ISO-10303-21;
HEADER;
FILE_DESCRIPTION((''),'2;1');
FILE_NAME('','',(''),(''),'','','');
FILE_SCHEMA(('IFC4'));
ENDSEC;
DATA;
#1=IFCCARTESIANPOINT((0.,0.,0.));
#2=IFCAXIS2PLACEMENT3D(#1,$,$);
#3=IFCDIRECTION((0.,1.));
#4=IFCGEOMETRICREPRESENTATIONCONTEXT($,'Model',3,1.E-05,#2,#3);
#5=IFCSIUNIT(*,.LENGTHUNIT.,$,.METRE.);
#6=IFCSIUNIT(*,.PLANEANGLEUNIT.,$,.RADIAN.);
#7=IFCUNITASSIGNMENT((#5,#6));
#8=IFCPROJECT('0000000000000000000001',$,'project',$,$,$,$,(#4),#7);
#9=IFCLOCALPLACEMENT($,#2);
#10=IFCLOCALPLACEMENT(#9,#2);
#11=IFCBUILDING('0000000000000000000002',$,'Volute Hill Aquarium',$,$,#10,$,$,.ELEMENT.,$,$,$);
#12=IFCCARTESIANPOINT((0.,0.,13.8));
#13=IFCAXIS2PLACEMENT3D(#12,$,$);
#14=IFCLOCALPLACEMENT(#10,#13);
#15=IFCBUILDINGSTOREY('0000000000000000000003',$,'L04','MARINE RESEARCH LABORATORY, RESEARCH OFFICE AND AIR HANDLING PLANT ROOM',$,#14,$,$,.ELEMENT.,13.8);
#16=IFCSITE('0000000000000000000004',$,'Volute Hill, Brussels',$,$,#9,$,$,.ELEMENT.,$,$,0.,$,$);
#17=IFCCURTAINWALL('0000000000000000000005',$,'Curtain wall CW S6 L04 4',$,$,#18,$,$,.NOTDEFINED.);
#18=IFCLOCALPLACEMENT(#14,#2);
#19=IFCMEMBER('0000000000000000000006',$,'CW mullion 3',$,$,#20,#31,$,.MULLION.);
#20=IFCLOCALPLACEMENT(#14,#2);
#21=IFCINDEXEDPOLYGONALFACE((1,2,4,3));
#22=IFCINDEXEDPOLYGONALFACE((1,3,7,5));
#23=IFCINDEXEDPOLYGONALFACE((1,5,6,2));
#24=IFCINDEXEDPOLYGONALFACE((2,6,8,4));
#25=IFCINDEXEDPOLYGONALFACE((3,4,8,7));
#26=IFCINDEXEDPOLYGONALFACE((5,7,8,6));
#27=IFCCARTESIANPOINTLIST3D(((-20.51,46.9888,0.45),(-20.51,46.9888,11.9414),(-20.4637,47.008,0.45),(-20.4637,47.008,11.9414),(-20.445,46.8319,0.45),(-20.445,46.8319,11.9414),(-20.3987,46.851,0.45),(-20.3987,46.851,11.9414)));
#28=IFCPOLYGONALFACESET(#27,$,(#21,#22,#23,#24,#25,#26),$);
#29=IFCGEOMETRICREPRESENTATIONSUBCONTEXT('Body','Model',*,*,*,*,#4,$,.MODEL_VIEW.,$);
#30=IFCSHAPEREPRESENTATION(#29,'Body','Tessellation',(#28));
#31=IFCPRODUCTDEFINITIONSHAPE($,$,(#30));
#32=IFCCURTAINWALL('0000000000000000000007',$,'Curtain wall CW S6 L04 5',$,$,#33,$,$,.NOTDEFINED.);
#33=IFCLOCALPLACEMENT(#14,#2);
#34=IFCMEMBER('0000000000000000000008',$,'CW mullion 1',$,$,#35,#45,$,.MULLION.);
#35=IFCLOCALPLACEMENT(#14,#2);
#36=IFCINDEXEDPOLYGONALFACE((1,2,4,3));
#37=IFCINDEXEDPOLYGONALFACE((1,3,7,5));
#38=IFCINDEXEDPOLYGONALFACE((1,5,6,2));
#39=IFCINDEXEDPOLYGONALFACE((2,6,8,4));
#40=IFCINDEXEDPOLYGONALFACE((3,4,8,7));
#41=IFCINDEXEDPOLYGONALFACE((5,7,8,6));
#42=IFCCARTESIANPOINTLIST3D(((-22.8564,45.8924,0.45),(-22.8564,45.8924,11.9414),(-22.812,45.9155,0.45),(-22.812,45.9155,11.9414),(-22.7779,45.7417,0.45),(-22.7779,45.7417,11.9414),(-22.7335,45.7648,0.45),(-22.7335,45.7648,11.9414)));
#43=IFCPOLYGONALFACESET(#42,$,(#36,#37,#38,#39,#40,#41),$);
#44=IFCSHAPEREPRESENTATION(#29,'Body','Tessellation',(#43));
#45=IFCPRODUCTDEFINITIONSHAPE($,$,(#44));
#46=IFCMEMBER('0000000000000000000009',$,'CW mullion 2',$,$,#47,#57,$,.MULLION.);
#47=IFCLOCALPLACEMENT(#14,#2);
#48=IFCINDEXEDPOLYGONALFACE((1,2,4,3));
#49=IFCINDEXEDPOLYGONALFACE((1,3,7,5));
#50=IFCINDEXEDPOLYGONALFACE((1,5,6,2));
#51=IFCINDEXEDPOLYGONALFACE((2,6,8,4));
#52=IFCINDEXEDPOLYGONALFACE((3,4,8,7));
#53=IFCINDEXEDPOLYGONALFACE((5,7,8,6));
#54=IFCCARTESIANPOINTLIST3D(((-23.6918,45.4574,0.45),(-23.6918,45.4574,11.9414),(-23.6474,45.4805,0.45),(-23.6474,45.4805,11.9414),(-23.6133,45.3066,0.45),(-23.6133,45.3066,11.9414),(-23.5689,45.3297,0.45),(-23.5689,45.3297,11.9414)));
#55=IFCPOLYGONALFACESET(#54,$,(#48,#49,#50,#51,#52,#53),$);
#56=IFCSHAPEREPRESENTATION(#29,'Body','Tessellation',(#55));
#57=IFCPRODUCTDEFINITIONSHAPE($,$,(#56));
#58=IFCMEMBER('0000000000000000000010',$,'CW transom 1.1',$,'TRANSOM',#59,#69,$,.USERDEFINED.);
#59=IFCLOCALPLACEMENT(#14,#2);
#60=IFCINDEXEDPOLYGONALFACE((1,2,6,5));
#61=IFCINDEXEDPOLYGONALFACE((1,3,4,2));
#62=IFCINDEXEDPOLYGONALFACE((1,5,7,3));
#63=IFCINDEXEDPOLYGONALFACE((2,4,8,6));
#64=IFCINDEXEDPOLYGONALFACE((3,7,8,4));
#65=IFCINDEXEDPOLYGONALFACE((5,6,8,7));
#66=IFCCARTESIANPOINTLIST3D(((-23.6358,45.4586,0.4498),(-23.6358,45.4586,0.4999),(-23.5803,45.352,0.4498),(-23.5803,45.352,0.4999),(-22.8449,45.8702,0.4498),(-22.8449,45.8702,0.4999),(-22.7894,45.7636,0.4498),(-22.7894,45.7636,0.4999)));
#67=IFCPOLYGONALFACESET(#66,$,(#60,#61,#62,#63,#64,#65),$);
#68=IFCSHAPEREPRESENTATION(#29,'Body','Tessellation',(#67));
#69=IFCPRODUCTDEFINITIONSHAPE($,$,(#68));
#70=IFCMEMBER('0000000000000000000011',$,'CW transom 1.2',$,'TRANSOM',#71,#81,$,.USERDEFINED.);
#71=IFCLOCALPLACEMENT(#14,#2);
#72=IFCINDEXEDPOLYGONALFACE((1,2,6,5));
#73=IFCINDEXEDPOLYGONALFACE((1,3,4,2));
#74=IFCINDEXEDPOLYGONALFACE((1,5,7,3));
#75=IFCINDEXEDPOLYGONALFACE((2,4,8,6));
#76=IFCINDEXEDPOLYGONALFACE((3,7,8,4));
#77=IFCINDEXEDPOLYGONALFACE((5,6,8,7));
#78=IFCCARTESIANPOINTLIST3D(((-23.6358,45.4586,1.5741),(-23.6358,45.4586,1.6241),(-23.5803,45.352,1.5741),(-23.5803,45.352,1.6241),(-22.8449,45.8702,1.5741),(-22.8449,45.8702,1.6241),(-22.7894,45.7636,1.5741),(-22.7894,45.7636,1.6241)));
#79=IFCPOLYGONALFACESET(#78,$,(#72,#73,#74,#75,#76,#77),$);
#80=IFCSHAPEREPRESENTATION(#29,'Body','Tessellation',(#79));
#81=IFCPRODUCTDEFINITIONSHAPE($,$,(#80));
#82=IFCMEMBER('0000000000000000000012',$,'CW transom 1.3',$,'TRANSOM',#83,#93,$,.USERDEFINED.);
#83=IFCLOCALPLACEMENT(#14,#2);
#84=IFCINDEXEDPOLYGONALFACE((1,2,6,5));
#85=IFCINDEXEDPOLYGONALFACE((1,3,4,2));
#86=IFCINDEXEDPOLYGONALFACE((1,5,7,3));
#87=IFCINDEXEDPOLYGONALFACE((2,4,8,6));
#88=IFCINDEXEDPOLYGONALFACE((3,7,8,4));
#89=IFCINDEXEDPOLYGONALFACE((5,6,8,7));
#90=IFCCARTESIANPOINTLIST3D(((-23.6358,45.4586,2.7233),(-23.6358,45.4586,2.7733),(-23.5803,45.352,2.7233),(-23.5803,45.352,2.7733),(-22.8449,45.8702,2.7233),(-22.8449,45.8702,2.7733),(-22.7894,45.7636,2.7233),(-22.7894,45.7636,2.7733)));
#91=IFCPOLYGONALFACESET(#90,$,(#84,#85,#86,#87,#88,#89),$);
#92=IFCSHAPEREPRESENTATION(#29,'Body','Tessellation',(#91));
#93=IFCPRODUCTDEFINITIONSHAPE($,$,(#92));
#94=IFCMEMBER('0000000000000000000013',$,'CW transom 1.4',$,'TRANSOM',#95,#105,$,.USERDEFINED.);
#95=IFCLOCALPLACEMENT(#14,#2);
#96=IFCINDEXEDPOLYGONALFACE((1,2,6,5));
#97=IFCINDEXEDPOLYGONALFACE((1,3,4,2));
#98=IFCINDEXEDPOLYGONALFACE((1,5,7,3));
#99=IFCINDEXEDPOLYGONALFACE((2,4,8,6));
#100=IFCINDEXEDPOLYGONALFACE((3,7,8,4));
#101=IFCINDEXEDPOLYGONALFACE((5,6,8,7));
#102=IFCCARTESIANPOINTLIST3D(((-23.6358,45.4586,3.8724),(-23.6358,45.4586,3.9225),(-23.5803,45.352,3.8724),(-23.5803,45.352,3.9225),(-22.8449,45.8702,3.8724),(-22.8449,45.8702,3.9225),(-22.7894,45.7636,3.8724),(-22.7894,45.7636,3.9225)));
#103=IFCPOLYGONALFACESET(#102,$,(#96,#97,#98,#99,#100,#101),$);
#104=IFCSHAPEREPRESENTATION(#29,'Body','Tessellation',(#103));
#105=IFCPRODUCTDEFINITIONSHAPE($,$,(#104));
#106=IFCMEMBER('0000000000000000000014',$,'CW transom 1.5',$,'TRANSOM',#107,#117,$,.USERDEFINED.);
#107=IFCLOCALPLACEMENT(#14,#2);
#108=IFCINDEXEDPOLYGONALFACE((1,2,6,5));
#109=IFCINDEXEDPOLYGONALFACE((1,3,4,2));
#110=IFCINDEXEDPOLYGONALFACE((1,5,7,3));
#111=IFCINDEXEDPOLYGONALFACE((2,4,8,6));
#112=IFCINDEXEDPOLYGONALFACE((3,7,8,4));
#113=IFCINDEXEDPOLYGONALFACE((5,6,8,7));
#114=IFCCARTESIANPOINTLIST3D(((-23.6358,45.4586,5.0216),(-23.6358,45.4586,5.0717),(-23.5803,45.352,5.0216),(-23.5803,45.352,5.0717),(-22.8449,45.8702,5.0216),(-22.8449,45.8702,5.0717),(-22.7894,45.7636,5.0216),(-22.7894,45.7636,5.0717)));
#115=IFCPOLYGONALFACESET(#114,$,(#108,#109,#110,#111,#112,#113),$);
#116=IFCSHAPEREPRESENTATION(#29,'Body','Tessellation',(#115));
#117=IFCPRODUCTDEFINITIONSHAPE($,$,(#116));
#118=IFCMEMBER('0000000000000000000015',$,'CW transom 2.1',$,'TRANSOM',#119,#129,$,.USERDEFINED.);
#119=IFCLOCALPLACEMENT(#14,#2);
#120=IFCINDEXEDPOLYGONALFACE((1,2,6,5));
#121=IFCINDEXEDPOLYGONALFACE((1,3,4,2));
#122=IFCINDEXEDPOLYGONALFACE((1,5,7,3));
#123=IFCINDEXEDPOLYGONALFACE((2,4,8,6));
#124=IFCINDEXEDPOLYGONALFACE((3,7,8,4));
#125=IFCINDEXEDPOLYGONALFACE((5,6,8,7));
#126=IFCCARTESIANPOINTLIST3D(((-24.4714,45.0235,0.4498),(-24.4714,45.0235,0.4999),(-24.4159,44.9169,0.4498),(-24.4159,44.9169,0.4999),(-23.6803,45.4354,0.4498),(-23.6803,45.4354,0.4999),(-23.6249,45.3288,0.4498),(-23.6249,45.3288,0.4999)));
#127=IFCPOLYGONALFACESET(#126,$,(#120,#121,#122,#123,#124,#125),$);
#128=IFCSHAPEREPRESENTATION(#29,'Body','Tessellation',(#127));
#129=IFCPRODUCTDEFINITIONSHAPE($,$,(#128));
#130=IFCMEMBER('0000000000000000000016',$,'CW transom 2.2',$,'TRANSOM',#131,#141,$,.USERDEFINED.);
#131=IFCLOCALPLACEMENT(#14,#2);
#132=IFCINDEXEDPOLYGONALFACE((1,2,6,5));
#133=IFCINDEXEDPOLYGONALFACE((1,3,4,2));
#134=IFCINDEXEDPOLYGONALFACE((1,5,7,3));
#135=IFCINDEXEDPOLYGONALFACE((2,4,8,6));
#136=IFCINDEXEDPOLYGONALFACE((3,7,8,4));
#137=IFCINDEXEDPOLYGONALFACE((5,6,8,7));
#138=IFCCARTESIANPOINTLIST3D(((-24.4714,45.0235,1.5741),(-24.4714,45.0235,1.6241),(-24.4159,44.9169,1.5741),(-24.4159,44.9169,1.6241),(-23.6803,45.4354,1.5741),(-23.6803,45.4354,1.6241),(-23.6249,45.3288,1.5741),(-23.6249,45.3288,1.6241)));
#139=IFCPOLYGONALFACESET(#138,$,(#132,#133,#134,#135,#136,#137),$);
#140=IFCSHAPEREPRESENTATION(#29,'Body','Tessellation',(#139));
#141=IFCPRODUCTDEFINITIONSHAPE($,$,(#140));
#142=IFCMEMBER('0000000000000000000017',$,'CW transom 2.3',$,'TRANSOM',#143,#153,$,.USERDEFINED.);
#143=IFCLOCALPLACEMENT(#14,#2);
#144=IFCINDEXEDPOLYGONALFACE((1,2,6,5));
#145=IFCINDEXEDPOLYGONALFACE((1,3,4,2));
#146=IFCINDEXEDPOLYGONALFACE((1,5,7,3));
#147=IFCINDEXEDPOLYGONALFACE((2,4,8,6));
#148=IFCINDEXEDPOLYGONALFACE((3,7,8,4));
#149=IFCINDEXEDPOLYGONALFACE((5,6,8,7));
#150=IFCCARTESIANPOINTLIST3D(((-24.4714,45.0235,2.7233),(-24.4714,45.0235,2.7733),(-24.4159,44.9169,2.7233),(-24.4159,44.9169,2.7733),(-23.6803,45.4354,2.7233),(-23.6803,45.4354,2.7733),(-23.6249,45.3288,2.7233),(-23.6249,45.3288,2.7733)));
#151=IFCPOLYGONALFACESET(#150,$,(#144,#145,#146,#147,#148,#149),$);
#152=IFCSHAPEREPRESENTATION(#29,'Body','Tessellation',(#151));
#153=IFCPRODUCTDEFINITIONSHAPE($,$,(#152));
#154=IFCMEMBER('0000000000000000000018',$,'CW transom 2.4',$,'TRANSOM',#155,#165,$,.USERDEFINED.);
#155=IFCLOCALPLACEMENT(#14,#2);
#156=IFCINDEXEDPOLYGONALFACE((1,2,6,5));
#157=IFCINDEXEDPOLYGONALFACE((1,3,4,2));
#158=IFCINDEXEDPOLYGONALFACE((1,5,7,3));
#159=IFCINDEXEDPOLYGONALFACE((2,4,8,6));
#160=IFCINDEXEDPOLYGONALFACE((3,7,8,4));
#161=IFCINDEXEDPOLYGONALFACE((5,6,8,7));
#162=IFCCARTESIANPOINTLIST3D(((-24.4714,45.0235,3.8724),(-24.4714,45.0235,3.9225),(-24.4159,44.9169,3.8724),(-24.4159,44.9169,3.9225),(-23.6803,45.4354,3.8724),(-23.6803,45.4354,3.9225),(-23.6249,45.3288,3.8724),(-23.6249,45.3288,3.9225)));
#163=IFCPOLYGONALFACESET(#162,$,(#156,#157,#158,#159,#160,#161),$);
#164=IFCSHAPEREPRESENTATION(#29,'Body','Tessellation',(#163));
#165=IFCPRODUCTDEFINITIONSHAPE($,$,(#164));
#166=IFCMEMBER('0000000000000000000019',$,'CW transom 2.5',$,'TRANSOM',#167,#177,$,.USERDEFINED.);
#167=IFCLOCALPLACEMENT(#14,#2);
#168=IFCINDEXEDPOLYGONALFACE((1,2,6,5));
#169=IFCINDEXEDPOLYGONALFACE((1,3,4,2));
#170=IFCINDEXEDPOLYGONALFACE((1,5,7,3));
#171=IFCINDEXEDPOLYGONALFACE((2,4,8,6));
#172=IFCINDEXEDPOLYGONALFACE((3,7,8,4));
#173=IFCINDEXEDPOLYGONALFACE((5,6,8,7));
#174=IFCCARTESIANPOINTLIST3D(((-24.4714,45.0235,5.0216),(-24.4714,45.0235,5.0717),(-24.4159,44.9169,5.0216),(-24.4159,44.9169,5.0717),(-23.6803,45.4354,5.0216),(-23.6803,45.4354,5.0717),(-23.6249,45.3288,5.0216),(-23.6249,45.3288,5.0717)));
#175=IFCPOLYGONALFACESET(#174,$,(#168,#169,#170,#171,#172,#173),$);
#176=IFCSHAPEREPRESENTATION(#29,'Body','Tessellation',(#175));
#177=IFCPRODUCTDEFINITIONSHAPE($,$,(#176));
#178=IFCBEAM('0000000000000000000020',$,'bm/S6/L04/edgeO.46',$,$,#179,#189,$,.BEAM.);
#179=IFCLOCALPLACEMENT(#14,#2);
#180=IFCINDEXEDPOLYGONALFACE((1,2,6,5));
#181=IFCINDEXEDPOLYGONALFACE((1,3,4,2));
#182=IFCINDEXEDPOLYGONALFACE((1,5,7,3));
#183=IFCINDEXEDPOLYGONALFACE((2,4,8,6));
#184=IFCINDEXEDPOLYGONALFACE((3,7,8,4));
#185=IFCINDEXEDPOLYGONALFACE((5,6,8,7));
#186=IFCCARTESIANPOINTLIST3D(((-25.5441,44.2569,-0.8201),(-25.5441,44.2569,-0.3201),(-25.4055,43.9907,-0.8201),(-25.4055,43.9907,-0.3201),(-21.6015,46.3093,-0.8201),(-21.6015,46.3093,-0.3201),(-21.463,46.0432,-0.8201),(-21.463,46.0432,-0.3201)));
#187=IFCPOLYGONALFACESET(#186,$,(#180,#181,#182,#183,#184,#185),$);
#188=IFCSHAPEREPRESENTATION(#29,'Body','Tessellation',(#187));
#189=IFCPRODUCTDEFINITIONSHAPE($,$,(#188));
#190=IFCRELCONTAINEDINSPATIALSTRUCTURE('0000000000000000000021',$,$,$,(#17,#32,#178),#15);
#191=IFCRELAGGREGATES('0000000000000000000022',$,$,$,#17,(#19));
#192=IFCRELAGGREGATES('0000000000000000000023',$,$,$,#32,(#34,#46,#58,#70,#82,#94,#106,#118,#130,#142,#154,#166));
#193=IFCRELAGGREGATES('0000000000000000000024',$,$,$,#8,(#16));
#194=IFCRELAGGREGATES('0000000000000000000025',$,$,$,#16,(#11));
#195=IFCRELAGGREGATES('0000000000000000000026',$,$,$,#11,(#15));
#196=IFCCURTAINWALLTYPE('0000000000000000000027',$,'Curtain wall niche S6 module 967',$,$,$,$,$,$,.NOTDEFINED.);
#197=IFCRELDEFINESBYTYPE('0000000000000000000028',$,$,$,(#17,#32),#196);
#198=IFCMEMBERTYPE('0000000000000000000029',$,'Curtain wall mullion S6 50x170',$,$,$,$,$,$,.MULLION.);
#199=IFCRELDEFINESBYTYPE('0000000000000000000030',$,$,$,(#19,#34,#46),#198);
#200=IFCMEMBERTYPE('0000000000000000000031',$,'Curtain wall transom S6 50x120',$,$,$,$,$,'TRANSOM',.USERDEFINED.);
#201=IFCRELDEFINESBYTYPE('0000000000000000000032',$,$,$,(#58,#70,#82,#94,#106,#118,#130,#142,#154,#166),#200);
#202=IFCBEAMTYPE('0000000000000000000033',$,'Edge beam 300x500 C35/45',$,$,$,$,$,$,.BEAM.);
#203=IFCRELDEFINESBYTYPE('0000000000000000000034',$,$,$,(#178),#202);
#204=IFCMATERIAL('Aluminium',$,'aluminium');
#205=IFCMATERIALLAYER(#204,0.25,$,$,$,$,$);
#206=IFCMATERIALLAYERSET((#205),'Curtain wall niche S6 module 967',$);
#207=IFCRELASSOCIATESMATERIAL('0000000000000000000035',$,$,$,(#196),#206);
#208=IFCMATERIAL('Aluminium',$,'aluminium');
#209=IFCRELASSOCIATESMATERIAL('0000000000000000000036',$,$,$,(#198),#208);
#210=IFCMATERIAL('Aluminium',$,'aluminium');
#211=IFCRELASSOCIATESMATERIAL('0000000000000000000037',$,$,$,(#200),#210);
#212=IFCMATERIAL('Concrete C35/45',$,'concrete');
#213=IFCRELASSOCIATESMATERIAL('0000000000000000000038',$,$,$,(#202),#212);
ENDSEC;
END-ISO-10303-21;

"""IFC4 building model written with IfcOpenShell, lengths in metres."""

from ifc_helpers import new_model, si_unit, direction, frame, origin, origin_2d, place, context, subcontext, project, spatial, rectangle, extrude, material, layer, layer_set, material_profile, profile_set, type_object, element, aggregate, save


model = new_model("IFC4")

# Units and contexts
model_context = context("Model", 3, precision=1e-05, world=origin(), true_north=direction((0.0, 1.0)))
body_context = subcontext(model_context, "Body", "Model", "MODEL_VIEW")
ifc_project = project(units=[si_unit("LENGTHUNIT", "METRE"), si_unit("PLANEANGLEUNIT", "RADIAN")], contexts=[model_context])

# Site, building, storey
site_placement = place(None, origin())
site = spatial("IfcSite", under=ifc_project, at=site_placement, Name="Volute Hill, Brussels", CompositionType="ELEMENT", RefElevation=0.0)
building_placement = place(site_placement, origin())
building = spatial("IfcBuilding", under=site, at=building_placement, Name="Volute Hill Aquarium", CompositionType="ELEMENT")
storey_placement = place(building_placement, frame((0.0, 0.0, 13.8)))
storey = spatial("IfcBuildingStorey", under=building, at=storey_placement, Name="L04", Description="MARINE RESEARCH LABORATORY, RESEARCH OFFICE AND AIR HANDLING PLANT ROOM", CompositionType="ELEMENT", Elevation=13.8)

# Curtain wall, member
ifc_material_1 = material(Name="Aluminium", Category="aluminium")
ifc_layer_1 = layer(ifc_material_1, 0.25)
ifc_layer_set_1 = layer_set([ifc_layer_1], Name="Curtain wall niche S6 module 967")
curtain_wall_type = type_object("IfcCurtainWallType", Name="Curtain wall niche S6 module 967", PredefinedType="NOTDEFINED", material=ifc_layer_set_1)
curtain_wall_1_placement = place(storey_placement, origin())
curtain_wall_1 = element("IfcCurtainWall", 1, at=curtain_wall_1_placement, inside=storey, type_object=curtain_wall_type, Name="Curtain wall CW S6 L04 4", PredefinedType="NOTDEFINED")
ifc_material_2 = material(Name="Aluminium", Category="aluminium")
ifc_material_profile_1 = material_profile(ifc_material_2, rectangle(XDim=0.1699, YDim=0.05, at=origin_2d()), Name="Curtain wall mullion S6 50x170")
ifc_profile_set_1 = profile_set([ifc_material_profile_1], Name="Aluminium")
member_type_1 = type_object("IfcMemberType", Name="Curtain wall mullion S6 50x170", PredefinedType="MULLION", material=ifc_profile_set_1)
member_1_placement = place(storey_placement, frame((-20.4543, 46.9199, 0.45), z_axis=(0.0, 0.0, 1.0), x_axis=(0.38268, -0.923881, 0.0)))
member_1 = element("IfcMember", 2, at=member_1_placement, type_object=member_type_1, Name="CW mullion 3", PredefinedType="MULLION", context=body_context, shape_type="SweptSolid", body=[
    extrude(rectangle(XDim=0.1699, YDim=0.05, at=origin_2d()), origin(), (0.0, 0.0, 1.0), 11.4915),
])

# Curtain wall, members
curtain_wall_2_placement = place(storey_placement, origin())
curtain_wall_2 = element("IfcCurtainWall", 3, at=curtain_wall_2_placement, inside=storey, type_object=curtain_wall_type, Name="Curtain wall CW S6 L04 5", PredefinedType="NOTDEFINED")
member_2_placement = place(storey_placement, frame((-22.7949, 45.8286, 0.45), z_axis=(0.0, 0.0, 1.0), x_axis=(0.46176, -0.887005, 0.0)))
member_2 = element("IfcMember", 4, at=member_2_placement, type_object=member_type_1, Name="CW mullion 1", PredefinedType="MULLION", context=body_context, shape_type="SweptSolid", body=[
    extrude(rectangle(XDim=0.1699, YDim=0.05, at=origin_2d()), origin(), (0.0, 0.0, 1.0), 11.4915),
])
member_3_placement = place(storey_placement, frame((-23.6304, 45.3936, 0.45), z_axis=(0.0, 0.0, 1.0), x_axis=(0.46176, -0.887005, 0.0)))
member_3 = element("IfcMember", 5, at=member_3_placement, type_object=member_type_1, Name="CW mullion 2", PredefinedType="MULLION", context=body_context, shape_type="SweptSolid", body=[
    extrude(rectangle(XDim=0.1699, YDim=0.05, at=origin_2d()), origin(), (0.0, 0.0, 1.0), 11.4915),
])
ifc_material_3 = material(Name="Aluminium", Category="aluminium")
ifc_material_profile_2 = material_profile(ifc_material_3, rectangle(XDim=0.1201, YDim=0.05, at=origin_2d()), Name="Curtain wall transom S6 50x120")
ifc_profile_set_2 = profile_set([ifc_material_profile_2], Name="Aluminium")
member_type_2 = type_object("IfcMemberType", Name="Curtain wall transom S6 50x120", ElementType="TRANSOM", PredefinedType="USERDEFINED", material=ifc_profile_set_2)
member_4_placement = place(storey_placement, frame((-22.8171, 45.8169, 0.4749), z_axis=(-0.887082, -0.461611, 0.0), x_axis=(0.461611, -0.887082, 0.0)))
member_4 = element("IfcMember", 6, at=member_4_placement, type_object=member_type_2, Name="CW transom 1.1", ObjectType="TRANSOM", PredefinedType="USERDEFINED", context=body_context, shape_type="SweptSolid", body=[
    extrude(rectangle(XDim=0.1201, YDim=0.05, at=origin_2d()), origin(), (0.0, 0.0, 1.0), 0.8916),
])
member_5_placement = place(storey_placement, frame((-22.8171, 45.8169, 1.5991), z_axis=(-0.887082, -0.461611, 0.0), x_axis=(0.461611, -0.887082, 0.0)))
member_5 = element("IfcMember", 7, at=member_5_placement, type_object=member_type_2, Name="CW transom 1.2", ObjectType="TRANSOM", PredefinedType="USERDEFINED", context=body_context, shape_type="SweptSolid", body=[
    extrude(rectangle(XDim=0.1201, YDim=0.05, at=origin_2d()), origin(), (0.0, 0.0, 1.0), 0.8916),
])
member_6_placement = place(storey_placement, frame((-22.8171, 45.8169, 2.7483), z_axis=(-0.887082, -0.461611, 0.0), x_axis=(0.461611, -0.887082, 0.0)))
member_6 = element("IfcMember", 8, at=member_6_placement, type_object=member_type_2, Name="CW transom 1.3", ObjectType="TRANSOM", PredefinedType="USERDEFINED", context=body_context, shape_type="SweptSolid", body=[
    extrude(rectangle(XDim=0.1201, YDim=0.05, at=origin_2d()), origin(), (0.0, 0.0, 1.0), 0.8916),
])
member_7_placement = place(storey_placement, frame((-22.8171, 45.8169, 3.8975), z_axis=(-0.887082, -0.461611, 0.0), x_axis=(0.461611, -0.887082, 0.0)))
member_7 = element("IfcMember", 9, at=member_7_placement, type_object=member_type_2, Name="CW transom 1.4", ObjectType="TRANSOM", PredefinedType="USERDEFINED", context=body_context, shape_type="SweptSolid", body=[
    extrude(rectangle(XDim=0.1201, YDim=0.05, at=origin_2d()), origin(), (0.0, 0.0, 1.0), 0.8916),
])
member_8_placement = place(storey_placement, frame((-22.8171, 45.8169, 5.0466), z_axis=(-0.887082, -0.461611, 0.0), x_axis=(0.461611, -0.887082, 0.0)))
member_8 = element("IfcMember", 10, at=member_8_placement, type_object=member_type_2, Name="CW transom 1.5", ObjectType="TRANSOM", PredefinedType="USERDEFINED", context=body_context, shape_type="SweptSolid", body=[
    extrude(rectangle(XDim=0.1201, YDim=0.05, at=origin_2d()), origin(), (0.0, 0.0, 1.0), 0.8916),
])
member_9_placement = place(storey_placement, frame((-23.6526, 45.3821, 0.4749), z_axis=(-0.88697, -0.461827, 0.0), x_axis=(0.461827, -0.88697, 0.0)))
member_9 = element("IfcMember", 11, at=member_9_placement, type_object=member_type_2, Name="CW transom 2.1", ObjectType="TRANSOM", PredefinedType="USERDEFINED", context=body_context, shape_type="SweptSolid", body=[
    extrude(rectangle(XDim=0.1201, YDim=0.05, at=origin_2d()), origin(), (0.0, 0.0, 1.0), 0.8918),
])
member_10_placement = place(storey_placement, frame((-23.6526, 45.3821, 1.5991), z_axis=(-0.88697, -0.461827, 0.0), x_axis=(0.461827, -0.88697, 0.0)))
member_10 = element("IfcMember", 12, at=member_10_placement, type_object=member_type_2, Name="CW transom 2.2", ObjectType="TRANSOM", PredefinedType="USERDEFINED", context=body_context, shape_type="SweptSolid", body=[
    extrude(rectangle(XDim=0.1201, YDim=0.05, at=origin_2d()), origin(), (0.0, 0.0, 1.0), 0.8918),
])
member_11_placement = place(storey_placement, frame((-23.6526, 45.3821, 2.7483), z_axis=(-0.88697, -0.461827, 0.0), x_axis=(0.461827, -0.88697, 0.0)))
member_11 = element("IfcMember", 13, at=member_11_placement, type_object=member_type_2, Name="CW transom 2.3", ObjectType="TRANSOM", PredefinedType="USERDEFINED", context=body_context, shape_type="SweptSolid", body=[
    extrude(rectangle(XDim=0.1201, YDim=0.05, at=origin_2d()), origin(), (0.0, 0.0, 1.0), 0.8918),
])
member_12_placement = place(storey_placement, frame((-23.6526, 45.3821, 3.8975), z_axis=(-0.88697, -0.461827, 0.0), x_axis=(0.461827, -0.88697, 0.0)))
member_12 = element("IfcMember", 14, at=member_12_placement, type_object=member_type_2, Name="CW transom 2.4", ObjectType="TRANSOM", PredefinedType="USERDEFINED", context=body_context, shape_type="SweptSolid", body=[
    extrude(rectangle(XDim=0.1201, YDim=0.05, at=origin_2d()), origin(), (0.0, 0.0, 1.0), 0.8918),
])
member_13_placement = place(storey_placement, frame((-23.6526, 45.3821, 5.0466), z_axis=(-0.88697, -0.461827, 0.0), x_axis=(0.461827, -0.88697, 0.0)))
member_13 = element("IfcMember", 15, at=member_13_placement, type_object=member_type_2, Name="CW transom 2.5", ObjectType="TRANSOM", PredefinedType="USERDEFINED", context=body_context, shape_type="SweptSolid", body=[
    extrude(rectangle(XDim=0.1201, YDim=0.05, at=origin_2d()), origin(), (0.0, 0.0, 1.0), 0.8918),
])

# Beam
ifc_material_4 = material(Name="Concrete C35/45", Category="concrete")
ifc_material_profile_3 = material_profile(ifc_material_4, rectangle(XDim=0.3, YDim=0.5, at=origin_2d()), Name="RC edge beam 300x500")
ifc_profile_set_3 = profile_set([ifc_material_profile_3], Name="Concrete C35/45")
beam_type_1 = type_object("IfcBeamType", Name="Edge beam 300x500 C35/45", PredefinedType="BEAM", material=ifc_profile_set_3)
beam_1_placement = place(storey_placement, frame((-21.5322, 46.1763, -0.5701), z_axis=(-0.887003, -0.461764, 0.0), x_axis=(0.461764, -0.887003, 0.0)))
element("IfcBeam", 16, at=beam_1_placement, inside=storey, type_object=beam_type_1, Name="bm/S6/L04/edgeO.46", PredefinedType="BEAM", context=body_context, shape_type="SweptSolid", body=[
    extrude(rectangle(XDim=0.3, YDim=0.5, at=origin_2d()), origin(), (0.0, 0.0, 1.0), 4.4448),
])

aggregate(curtain_wall_1, [member_1])
aggregate(curtain_wall_2, [member_2, member_3, member_4, member_5, member_6, member_7, member_8, member_9, member_10, member_11, member_12, member_13])

save(model, "model.ifc")
